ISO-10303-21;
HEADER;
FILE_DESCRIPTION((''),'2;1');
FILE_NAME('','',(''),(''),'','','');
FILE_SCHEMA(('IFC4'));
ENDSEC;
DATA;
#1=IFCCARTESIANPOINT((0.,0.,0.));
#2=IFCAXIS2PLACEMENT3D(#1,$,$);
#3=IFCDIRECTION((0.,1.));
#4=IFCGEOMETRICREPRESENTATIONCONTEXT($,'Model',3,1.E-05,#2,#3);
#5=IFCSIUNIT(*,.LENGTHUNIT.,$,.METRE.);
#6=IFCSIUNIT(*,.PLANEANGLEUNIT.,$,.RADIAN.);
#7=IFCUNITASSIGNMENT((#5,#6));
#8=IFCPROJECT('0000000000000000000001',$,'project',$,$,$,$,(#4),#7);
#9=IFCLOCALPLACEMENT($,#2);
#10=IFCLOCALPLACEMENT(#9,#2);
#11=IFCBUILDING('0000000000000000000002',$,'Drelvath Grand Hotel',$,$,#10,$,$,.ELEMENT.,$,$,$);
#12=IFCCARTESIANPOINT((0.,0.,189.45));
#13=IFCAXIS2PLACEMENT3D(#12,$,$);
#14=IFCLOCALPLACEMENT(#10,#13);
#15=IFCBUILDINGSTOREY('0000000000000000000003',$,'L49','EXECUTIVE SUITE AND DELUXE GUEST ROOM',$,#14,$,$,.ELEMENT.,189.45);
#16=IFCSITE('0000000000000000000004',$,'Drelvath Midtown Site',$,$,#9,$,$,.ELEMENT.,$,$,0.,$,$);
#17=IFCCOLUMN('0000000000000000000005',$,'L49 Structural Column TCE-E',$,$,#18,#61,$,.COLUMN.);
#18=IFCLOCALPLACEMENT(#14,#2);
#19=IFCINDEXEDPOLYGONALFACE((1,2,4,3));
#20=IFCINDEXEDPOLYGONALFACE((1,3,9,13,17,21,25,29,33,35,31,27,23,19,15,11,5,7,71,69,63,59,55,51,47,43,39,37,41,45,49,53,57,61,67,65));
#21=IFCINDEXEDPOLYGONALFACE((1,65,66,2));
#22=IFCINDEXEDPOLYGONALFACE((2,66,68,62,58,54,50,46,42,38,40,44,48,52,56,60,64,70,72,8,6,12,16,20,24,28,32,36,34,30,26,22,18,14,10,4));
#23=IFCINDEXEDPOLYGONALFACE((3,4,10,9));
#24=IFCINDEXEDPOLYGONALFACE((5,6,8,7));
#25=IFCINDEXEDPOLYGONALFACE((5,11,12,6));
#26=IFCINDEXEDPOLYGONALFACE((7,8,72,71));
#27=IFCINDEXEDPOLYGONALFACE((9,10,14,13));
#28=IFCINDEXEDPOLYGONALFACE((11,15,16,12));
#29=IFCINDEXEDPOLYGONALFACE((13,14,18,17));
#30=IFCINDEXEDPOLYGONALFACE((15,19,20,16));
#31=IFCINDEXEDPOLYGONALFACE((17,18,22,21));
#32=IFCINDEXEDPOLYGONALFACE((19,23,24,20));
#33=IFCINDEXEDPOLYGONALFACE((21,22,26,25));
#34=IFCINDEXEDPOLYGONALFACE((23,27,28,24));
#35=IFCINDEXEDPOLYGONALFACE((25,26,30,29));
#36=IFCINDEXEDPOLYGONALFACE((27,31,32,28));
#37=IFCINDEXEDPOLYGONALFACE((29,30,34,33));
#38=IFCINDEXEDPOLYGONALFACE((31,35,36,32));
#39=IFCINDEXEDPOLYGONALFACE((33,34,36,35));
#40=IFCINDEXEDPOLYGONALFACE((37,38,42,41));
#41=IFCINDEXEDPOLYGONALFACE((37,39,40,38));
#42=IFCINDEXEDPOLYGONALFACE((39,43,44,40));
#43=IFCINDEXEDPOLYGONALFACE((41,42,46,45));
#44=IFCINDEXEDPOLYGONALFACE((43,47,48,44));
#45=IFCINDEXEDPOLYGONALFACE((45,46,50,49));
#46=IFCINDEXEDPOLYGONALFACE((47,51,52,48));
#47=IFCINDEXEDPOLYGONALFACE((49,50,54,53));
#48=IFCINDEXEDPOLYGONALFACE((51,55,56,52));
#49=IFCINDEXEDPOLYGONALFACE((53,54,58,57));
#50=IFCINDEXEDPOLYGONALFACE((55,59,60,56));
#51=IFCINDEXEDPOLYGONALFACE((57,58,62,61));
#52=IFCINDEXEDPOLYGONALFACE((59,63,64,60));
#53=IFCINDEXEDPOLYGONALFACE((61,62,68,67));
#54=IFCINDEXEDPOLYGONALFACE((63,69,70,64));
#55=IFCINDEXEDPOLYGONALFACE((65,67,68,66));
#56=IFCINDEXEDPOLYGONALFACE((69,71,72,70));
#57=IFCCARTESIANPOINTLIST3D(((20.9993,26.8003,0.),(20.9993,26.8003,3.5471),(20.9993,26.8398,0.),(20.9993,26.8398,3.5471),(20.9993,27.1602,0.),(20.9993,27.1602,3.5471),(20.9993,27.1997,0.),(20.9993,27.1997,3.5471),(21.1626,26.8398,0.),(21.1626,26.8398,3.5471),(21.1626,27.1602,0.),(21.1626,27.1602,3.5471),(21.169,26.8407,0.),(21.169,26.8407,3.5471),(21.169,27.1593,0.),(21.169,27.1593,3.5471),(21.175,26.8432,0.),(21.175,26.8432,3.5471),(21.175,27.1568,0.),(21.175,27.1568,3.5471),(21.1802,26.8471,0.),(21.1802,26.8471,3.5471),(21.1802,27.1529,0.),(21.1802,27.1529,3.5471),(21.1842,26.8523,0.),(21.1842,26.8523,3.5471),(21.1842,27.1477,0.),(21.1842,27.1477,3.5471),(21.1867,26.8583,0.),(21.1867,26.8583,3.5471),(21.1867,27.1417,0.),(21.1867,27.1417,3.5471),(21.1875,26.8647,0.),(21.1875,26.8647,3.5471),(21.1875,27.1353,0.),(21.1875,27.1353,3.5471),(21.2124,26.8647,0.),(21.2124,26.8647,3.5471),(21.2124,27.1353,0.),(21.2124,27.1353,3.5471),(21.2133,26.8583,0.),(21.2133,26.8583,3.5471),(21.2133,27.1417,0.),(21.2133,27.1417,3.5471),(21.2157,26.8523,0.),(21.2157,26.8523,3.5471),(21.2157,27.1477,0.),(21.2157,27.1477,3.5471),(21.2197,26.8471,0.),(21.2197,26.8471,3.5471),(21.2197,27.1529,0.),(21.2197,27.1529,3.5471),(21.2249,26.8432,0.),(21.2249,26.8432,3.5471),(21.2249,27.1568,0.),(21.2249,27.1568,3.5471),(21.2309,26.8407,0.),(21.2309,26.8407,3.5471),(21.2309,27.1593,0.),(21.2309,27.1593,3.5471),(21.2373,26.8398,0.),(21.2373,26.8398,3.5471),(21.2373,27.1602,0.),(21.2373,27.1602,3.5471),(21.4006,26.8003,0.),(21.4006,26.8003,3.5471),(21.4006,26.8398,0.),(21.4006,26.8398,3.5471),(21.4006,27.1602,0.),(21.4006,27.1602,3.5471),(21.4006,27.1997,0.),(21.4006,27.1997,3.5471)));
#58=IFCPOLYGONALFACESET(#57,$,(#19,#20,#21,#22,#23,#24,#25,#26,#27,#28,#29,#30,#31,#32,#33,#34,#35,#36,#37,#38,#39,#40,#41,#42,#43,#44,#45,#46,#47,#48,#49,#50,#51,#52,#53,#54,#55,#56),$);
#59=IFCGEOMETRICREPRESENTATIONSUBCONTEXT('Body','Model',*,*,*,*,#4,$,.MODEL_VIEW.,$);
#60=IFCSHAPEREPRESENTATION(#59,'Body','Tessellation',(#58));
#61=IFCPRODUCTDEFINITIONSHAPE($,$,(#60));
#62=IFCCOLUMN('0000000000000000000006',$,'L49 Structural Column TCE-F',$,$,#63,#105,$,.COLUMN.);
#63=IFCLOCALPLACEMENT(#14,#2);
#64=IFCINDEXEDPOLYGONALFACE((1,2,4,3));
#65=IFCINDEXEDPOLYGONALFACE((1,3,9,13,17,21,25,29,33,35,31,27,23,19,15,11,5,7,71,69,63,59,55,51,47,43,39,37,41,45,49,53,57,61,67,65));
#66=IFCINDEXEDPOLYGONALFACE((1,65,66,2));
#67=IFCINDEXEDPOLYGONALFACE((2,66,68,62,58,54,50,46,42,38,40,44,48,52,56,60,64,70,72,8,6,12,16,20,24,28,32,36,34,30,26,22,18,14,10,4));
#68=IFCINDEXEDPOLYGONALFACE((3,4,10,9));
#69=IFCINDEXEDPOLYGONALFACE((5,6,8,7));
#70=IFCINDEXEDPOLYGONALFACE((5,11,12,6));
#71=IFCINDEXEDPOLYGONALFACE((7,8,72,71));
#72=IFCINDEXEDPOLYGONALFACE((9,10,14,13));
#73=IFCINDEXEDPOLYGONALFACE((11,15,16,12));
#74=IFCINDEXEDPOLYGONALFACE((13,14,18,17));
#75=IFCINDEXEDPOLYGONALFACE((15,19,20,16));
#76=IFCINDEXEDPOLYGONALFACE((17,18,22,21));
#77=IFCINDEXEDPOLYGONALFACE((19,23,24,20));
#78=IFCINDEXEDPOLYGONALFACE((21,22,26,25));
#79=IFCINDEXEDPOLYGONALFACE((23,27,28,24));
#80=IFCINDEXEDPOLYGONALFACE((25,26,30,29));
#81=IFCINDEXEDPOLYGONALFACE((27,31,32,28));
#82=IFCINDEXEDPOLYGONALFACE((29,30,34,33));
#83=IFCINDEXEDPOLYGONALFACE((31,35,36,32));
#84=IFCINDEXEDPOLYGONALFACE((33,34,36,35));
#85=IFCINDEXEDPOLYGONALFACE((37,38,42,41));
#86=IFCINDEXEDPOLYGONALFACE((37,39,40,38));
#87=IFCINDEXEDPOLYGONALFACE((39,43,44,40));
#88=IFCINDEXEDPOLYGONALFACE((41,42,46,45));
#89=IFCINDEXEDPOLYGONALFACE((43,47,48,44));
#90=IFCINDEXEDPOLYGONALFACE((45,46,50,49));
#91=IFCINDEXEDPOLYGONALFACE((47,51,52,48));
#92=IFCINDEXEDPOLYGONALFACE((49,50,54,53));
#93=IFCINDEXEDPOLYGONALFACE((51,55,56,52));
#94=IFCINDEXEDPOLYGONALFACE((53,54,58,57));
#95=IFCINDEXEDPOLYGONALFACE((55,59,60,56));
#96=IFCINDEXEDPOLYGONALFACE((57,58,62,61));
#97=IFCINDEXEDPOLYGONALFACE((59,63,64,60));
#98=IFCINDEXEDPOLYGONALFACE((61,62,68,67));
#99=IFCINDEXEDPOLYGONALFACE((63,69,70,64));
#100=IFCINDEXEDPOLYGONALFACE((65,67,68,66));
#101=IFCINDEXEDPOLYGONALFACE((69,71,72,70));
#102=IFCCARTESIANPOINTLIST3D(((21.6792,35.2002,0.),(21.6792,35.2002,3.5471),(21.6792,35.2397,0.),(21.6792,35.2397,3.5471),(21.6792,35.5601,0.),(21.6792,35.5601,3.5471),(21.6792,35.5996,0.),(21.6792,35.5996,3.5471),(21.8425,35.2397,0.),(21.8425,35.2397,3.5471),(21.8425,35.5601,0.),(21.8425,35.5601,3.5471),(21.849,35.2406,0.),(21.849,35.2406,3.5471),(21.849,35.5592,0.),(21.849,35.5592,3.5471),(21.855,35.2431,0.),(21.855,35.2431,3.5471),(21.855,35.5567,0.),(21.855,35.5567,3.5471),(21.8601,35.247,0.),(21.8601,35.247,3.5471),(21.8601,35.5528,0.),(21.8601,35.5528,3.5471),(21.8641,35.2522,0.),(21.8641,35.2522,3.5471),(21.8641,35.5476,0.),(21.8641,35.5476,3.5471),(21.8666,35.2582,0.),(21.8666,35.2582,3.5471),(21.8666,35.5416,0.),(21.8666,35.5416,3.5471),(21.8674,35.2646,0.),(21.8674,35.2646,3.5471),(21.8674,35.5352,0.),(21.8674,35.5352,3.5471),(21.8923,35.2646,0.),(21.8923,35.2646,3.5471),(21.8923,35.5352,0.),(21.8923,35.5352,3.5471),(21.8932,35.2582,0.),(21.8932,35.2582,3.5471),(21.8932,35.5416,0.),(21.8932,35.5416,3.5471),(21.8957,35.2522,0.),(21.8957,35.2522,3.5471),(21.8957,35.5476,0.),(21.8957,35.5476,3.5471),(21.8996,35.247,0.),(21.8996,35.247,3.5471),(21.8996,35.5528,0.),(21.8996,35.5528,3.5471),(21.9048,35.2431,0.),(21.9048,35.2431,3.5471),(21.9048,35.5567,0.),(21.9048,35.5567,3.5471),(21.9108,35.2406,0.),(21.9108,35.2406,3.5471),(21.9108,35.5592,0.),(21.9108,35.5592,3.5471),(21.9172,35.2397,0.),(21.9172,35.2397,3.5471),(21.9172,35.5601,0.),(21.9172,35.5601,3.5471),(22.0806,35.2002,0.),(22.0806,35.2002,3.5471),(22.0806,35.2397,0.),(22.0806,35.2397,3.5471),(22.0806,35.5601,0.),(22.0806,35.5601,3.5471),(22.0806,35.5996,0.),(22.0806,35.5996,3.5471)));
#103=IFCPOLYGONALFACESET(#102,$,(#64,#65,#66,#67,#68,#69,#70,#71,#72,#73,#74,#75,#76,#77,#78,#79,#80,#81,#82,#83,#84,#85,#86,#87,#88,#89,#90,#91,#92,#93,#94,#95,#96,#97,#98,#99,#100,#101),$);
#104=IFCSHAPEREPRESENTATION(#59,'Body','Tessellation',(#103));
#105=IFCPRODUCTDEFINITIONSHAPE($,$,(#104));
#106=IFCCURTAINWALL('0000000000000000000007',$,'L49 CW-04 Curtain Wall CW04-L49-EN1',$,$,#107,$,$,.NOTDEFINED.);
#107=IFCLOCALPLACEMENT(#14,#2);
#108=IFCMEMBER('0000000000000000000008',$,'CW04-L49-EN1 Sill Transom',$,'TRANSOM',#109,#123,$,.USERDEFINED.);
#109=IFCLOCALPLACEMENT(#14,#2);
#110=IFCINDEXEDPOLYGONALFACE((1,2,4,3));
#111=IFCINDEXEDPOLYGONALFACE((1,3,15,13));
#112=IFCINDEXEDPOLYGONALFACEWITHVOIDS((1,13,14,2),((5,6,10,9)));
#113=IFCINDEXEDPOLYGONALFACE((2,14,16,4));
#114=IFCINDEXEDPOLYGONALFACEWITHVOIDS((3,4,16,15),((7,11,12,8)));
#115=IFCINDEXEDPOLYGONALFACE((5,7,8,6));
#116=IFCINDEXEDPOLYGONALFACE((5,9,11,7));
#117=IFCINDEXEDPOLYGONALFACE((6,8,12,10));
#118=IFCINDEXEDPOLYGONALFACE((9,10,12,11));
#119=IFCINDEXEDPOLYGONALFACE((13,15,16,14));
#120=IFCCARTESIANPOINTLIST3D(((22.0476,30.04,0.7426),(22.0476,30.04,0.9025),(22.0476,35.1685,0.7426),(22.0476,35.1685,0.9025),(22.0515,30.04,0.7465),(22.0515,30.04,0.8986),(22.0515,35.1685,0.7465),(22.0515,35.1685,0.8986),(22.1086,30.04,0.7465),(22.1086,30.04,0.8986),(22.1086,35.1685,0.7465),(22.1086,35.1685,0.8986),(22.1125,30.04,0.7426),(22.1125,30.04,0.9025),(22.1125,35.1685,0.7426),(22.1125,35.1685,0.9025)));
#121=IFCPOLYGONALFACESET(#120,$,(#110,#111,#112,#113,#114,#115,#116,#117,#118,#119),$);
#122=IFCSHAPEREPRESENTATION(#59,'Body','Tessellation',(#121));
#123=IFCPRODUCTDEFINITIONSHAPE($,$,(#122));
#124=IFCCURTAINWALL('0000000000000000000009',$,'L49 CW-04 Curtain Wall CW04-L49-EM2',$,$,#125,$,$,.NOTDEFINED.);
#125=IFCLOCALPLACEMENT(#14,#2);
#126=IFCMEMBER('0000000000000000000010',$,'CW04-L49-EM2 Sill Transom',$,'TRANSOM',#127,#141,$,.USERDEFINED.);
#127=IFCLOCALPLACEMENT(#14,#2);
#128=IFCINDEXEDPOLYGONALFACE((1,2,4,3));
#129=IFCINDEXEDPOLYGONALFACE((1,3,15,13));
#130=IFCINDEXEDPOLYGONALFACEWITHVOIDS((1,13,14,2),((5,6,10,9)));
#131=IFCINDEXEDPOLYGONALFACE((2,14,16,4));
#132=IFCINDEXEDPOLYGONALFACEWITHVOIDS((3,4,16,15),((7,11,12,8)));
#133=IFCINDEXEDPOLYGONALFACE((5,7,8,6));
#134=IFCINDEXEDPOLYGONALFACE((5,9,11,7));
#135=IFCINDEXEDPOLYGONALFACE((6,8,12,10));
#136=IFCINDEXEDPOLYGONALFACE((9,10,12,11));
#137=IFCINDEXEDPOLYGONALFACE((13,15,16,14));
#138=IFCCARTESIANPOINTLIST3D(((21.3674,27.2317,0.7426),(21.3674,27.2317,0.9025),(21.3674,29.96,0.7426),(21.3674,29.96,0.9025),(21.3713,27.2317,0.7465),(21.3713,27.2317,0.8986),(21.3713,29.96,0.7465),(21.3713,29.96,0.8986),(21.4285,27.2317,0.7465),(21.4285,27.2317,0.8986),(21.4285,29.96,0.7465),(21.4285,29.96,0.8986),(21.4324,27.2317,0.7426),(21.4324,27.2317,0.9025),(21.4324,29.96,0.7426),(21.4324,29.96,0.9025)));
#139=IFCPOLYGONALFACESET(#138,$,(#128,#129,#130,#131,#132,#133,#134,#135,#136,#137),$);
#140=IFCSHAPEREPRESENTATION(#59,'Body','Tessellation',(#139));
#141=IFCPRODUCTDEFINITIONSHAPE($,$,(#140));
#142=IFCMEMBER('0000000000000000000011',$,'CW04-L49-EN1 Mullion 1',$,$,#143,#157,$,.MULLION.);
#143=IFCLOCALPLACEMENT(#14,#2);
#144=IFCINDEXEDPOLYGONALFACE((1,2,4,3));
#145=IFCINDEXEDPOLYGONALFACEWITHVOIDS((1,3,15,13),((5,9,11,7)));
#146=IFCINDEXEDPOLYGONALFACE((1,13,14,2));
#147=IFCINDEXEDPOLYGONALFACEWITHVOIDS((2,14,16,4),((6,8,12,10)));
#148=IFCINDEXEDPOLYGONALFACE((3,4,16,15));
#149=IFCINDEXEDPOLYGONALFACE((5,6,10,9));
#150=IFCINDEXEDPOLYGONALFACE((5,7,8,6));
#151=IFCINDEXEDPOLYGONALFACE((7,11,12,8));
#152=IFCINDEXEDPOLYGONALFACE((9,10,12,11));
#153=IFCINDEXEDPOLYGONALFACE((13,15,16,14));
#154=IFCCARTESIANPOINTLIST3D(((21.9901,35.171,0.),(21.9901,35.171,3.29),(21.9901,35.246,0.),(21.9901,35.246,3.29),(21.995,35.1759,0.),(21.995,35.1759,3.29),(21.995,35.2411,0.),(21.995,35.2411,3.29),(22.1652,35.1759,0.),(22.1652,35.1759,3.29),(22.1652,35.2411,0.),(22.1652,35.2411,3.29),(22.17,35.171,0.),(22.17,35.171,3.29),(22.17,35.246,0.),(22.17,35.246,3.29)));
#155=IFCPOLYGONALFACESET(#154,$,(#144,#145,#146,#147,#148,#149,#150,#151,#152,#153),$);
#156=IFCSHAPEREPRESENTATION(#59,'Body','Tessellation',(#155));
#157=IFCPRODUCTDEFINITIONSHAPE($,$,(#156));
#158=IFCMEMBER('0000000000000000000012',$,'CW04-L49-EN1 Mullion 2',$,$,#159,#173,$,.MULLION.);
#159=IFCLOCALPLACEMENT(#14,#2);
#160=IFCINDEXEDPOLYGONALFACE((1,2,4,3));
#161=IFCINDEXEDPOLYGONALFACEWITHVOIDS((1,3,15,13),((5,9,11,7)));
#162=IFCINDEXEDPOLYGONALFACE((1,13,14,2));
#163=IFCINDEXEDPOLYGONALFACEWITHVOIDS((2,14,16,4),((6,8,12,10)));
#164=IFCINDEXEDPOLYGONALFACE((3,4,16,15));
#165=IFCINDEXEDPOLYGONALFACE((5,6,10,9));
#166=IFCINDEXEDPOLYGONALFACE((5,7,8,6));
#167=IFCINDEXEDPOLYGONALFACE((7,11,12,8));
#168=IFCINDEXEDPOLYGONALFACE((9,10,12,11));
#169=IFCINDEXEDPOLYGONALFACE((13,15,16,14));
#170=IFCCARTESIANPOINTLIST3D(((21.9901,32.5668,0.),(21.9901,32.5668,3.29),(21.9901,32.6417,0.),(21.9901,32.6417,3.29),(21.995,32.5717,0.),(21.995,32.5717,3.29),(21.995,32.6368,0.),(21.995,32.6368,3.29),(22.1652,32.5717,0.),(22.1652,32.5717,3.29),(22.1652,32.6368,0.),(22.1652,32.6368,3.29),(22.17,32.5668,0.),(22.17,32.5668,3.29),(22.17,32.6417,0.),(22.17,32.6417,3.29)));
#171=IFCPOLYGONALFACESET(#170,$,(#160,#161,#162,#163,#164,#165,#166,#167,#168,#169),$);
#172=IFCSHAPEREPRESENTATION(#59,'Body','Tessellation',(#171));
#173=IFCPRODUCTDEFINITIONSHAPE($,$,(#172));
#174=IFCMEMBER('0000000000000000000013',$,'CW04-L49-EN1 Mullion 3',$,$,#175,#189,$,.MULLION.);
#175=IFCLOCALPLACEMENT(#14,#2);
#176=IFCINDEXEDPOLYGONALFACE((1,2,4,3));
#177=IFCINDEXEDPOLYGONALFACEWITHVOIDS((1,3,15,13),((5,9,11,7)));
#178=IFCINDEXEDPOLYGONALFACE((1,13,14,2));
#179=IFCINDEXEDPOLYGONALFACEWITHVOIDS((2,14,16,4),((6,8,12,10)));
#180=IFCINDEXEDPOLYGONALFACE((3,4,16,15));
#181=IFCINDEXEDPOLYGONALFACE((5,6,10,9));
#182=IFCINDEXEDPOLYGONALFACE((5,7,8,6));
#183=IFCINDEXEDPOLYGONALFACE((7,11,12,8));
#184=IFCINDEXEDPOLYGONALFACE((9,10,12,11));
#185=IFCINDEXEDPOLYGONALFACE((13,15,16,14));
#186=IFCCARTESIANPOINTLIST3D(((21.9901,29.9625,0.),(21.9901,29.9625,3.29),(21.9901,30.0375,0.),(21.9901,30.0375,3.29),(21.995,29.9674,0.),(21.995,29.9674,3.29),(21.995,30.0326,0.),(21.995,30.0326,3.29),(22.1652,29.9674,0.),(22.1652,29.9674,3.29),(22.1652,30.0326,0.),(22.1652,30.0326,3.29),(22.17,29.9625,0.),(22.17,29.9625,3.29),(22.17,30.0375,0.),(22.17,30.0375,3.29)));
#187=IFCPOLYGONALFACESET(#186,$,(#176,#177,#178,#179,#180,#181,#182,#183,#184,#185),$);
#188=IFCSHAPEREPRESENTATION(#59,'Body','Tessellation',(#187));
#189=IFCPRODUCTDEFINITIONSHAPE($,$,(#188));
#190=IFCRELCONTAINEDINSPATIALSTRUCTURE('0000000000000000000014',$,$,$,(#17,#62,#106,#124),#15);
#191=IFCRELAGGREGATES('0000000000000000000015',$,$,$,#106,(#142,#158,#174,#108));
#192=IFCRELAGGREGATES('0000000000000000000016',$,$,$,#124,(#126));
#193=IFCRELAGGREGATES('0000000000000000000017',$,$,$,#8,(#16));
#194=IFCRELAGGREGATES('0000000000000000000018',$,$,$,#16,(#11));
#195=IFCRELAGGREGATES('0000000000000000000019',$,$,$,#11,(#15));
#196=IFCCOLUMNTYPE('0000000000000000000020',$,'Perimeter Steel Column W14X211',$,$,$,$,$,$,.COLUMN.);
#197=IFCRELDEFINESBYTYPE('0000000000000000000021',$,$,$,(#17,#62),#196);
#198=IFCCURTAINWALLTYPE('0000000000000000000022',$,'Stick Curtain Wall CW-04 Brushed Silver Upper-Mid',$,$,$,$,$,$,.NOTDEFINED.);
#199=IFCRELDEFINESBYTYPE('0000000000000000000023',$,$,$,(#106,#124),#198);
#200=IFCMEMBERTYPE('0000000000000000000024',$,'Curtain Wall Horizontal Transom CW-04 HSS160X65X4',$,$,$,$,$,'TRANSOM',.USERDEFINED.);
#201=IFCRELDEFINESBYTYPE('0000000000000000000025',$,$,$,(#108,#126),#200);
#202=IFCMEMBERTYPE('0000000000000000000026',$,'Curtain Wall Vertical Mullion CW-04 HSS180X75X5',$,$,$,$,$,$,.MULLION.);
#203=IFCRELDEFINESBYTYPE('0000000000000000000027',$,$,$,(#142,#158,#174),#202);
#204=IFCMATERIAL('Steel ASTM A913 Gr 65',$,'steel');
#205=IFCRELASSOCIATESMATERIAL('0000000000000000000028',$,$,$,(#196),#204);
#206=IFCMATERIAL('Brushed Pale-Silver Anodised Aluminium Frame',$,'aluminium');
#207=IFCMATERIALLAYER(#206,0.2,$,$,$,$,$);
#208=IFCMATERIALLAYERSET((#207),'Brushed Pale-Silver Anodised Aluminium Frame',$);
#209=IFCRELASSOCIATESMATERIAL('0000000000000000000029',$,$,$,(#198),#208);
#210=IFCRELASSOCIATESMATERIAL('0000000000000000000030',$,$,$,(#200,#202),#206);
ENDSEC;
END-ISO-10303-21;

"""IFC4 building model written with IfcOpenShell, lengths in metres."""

from ifc_helpers import new_model, si_unit, direction, frame, origin, origin_2d, place, context, subcontext, project, spatial, hollow_rectangle, i_section, extrude, material, layer, layer_set, material_profile, profile_set, type_object, element, aggregate, save


model = new_model("IFC4")

# Units and contexts
model_context = context("Model", 3, precision=1e-05, world=origin(), true_north=direction((0.0, 1.0)))
body_context = subcontext(model_context, "Body", "Model", "MODEL_VIEW")
ifc_project = project(units=[si_unit("LENGTHUNIT", "METRE"), si_unit("PLANEANGLEUNIT", "RADIAN")], contexts=[model_context])

# Site, building, storey
site_placement = place(None, origin())
site = spatial("IfcSite", under=ifc_project, at=site_placement, Name="Drelvath Midtown Site", CompositionType="ELEMENT", RefElevation=0.0)
building_placement = place(site_placement, origin())
building = spatial("IfcBuilding", under=site, at=building_placement, Name="Drelvath Grand Hotel", CompositionType="ELEMENT")
storey_placement = place(building_placement, frame((0.0, 0.0, 189.45)))
storey = spatial("IfcBuildingStorey", under=building, at=storey_placement, Name="L49", Description="EXECUTIVE SUITE AND DELUXE GUEST ROOM", CompositionType="ELEMENT", Elevation=189.45)

# Columns
ifc_material_1 = material(Name="Steel ASTM A913 Gr 65", Category="steel")
ifc_material_profile_1 = material_profile(ifc_material_1, i_section(OverallWidth=0.4014, OverallDepth=0.3994, WebThickness=0.0249, FlangeThickness=0.0396, FilletRadius=0.0249, at=origin_2d()), Name="W14X211")
ifc_profile_set_1 = profile_set([ifc_material_profile_1], Name="Steel ASTM A913 Gr 65")
column_type = type_object("IfcColumnType", Name="Perimeter Steel Column W14X211", PredefinedType="COLUMN", material=ifc_profile_set_1)
for number, where, z_axis, x_axis, name in (
    (1, (21.2, 27.0, 0.0), (0.0, 0.0, 1.0), (1.0, 0.0, 0.0), "L49 Structural Column TCE-E"),
    (2, (21.8799, 35.3999, 0.0), (0.0, 0.0, 1.0), (1.0, 0.0, 0.0), "L49 Structural Column TCE-F"),
):
    element("IfcColumn", number, at=place(storey_placement, frame(where, z_axis=z_axis, x_axis=x_axis)), inside=storey, type_object=column_type, Name=name, PredefinedType="COLUMN", context=body_context, shape_type="SweptSolid", body=[
        extrude(i_section(OverallWidth=0.4014, OverallDepth=0.3994, WebThickness=0.0249, FlangeThickness=0.0396, FilletRadius=0.0249, at=origin_2d()), origin(), (0.0, 0.0, 1.0), 3.5471),
    ])

# Curtain walls, members
ifc_material_2 = material(Name="Brushed Pale-Silver Anodised Aluminium Frame", Category="aluminium")
ifc_layer_1 = layer(ifc_material_2, 0.2)
ifc_layer_set_1 = layer_set([ifc_layer_1], Name="Brushed Pale-Silver Anodised Aluminium Frame")
curtain_wall_type = type_object("IfcCurtainWallType", Name="Stick Curtain Wall CW-04 Brushed Silver Upper-Mid", PredefinedType="NOTDEFINED", material=ifc_layer_set_1)
curtain_wall_1_placement = place(storey_placement, origin())
curtain_wall_1 = element("IfcCurtainWall", 3, at=curtain_wall_1_placement, inside=storey, type_object=curtain_wall_type, Name="L49 CW-04 Curtain Wall CW04-L49-EN1", PredefinedType="NOTDEFINED")
ifc_material_profile_2 = material_profile(ifc_material_2, hollow_rectangle(XDim=0.0649, YDim=0.1599, WallThickness=0.0039, at=origin_2d()), Name="HSS160X65X4")
ifc_profile_set_2 = profile_set([ifc_material_profile_2], Name="Brushed Pale-Silver Anodised Aluminium Frame")
member_type_1 = type_object("IfcMemberType", Name="Curtain Wall Horizontal Transom CW-04 HSS160X65X4", ElementType="TRANSOM", PredefinedType="USERDEFINED", material=ifc_profile_set_2)
member_1_placement = place(storey_placement, frame((22.0801, 35.1685, 0.8225), z_axis=(0.0, -1.0, 0.0), x_axis=(1.0, 0.0, 0.0)))
member_1 = element("IfcMember", 4, at=member_1_placement, type_object=member_type_1, Name="CW04-L49-EN1 Sill Transom", ObjectType="TRANSOM", PredefinedType="USERDEFINED", context=body_context, shape_type="SweptSolid", body=[
    extrude(hollow_rectangle(XDim=0.0649, YDim=0.1599, WallThickness=0.0039, at=origin_2d()), origin(), (0.0, 0.0, 1.0), 5.1284),
])
curtain_wall_2_placement = place(storey_placement, origin())
curtain_wall_2 = element("IfcCurtainWall", 5, at=curtain_wall_2_placement, inside=storey, type_object=curtain_wall_type, Name="L49 CW-04 Curtain Wall CW04-L49-EM2", PredefinedType="NOTDEFINED")
member_2_placement = place(storey_placement, frame((21.3999, 29.96, 0.8225), z_axis=(0.0, -1.0, 0.0), x_axis=(1.0, 0.0, 0.0)))
member_2 = element("IfcMember", 6, at=member_2_placement, type_object=member_type_1, Name="CW04-L49-EM2 Sill Transom", ObjectType="TRANSOM", PredefinedType="USERDEFINED", context=body_context, shape_type="SweptSolid", body=[
    extrude(hollow_rectangle(XDim=0.0649, YDim=0.1599, WallThickness=0.0039, at=origin_2d()), origin(), (0.0, 0.0, 1.0), 2.7283),
])

# Members
ifc_material_profile_3 = material_profile(ifc_material_2, hollow_rectangle(XDim=0.075, YDim=0.1799, WallThickness=0.0049, at=origin_2d()), Name="HSS180X75X5")
ifc_profile_set_3 = profile_set([ifc_material_profile_3], Name="Brushed Pale-Silver Anodised Aluminium Frame")
member_type_2 = type_object("IfcMemberType", Name="Curtain Wall Vertical Mullion CW-04 HSS180X75X5", PredefinedType="MULLION", material=ifc_profile_set_3)
member_3_placement = place(storey_placement, frame((22.0801, 35.2085, 0.0), z_axis=(0.0, 0.0, 1.0), x_axis=(0.0, 1.0, 0.0)))
member_3 = element("IfcMember", 7, at=member_3_placement, type_object=member_type_2, Name="CW04-L49-EN1 Mullion 1", PredefinedType="MULLION", context=body_context, shape_type="SweptSolid", body=[
    extrude(hollow_rectangle(XDim=0.075, YDim=0.1799, WallThickness=0.0049, at=origin_2d()), origin(), (0.0, 0.0, 1.0), 3.29),
])
member_4_placement = place(storey_placement, frame((22.0801, 32.6042, 0.0), z_axis=(0.0, 0.0, 1.0), x_axis=(0.0, 1.0, 0.0)))
member_4 = element("IfcMember", 8, at=member_4_placement, type_object=member_type_2, Name="CW04-L49-EN1 Mullion 2", PredefinedType="MULLION", context=body_context, shape_type="SweptSolid", body=[
    extrude(hollow_rectangle(XDim=0.075, YDim=0.1799, WallThickness=0.0049, at=origin_2d()), origin(), (0.0, 0.0, 1.0), 3.29),
])
member_5_placement = place(storey_placement, frame((22.0801, 30.0, 0.0), z_axis=(0.0, 0.0, 1.0), x_axis=(0.0, 1.0, 0.0)))
member_5 = element("IfcMember", 9, at=member_5_placement, type_object=member_type_2, Name="CW04-L49-EN1 Mullion 3", PredefinedType="MULLION", context=body_context, shape_type="SweptSolid", body=[
    extrude(hollow_rectangle(XDim=0.075, YDim=0.1799, WallThickness=0.0049, at=origin_2d()), origin(), (0.0, 0.0, 1.0), 3.29),
])

aggregate(curtain_wall_1, [member_3, member_4, member_5, member_1])
aggregate(curtain_wall_2, [member_2])

save(model, "model.ifc")
